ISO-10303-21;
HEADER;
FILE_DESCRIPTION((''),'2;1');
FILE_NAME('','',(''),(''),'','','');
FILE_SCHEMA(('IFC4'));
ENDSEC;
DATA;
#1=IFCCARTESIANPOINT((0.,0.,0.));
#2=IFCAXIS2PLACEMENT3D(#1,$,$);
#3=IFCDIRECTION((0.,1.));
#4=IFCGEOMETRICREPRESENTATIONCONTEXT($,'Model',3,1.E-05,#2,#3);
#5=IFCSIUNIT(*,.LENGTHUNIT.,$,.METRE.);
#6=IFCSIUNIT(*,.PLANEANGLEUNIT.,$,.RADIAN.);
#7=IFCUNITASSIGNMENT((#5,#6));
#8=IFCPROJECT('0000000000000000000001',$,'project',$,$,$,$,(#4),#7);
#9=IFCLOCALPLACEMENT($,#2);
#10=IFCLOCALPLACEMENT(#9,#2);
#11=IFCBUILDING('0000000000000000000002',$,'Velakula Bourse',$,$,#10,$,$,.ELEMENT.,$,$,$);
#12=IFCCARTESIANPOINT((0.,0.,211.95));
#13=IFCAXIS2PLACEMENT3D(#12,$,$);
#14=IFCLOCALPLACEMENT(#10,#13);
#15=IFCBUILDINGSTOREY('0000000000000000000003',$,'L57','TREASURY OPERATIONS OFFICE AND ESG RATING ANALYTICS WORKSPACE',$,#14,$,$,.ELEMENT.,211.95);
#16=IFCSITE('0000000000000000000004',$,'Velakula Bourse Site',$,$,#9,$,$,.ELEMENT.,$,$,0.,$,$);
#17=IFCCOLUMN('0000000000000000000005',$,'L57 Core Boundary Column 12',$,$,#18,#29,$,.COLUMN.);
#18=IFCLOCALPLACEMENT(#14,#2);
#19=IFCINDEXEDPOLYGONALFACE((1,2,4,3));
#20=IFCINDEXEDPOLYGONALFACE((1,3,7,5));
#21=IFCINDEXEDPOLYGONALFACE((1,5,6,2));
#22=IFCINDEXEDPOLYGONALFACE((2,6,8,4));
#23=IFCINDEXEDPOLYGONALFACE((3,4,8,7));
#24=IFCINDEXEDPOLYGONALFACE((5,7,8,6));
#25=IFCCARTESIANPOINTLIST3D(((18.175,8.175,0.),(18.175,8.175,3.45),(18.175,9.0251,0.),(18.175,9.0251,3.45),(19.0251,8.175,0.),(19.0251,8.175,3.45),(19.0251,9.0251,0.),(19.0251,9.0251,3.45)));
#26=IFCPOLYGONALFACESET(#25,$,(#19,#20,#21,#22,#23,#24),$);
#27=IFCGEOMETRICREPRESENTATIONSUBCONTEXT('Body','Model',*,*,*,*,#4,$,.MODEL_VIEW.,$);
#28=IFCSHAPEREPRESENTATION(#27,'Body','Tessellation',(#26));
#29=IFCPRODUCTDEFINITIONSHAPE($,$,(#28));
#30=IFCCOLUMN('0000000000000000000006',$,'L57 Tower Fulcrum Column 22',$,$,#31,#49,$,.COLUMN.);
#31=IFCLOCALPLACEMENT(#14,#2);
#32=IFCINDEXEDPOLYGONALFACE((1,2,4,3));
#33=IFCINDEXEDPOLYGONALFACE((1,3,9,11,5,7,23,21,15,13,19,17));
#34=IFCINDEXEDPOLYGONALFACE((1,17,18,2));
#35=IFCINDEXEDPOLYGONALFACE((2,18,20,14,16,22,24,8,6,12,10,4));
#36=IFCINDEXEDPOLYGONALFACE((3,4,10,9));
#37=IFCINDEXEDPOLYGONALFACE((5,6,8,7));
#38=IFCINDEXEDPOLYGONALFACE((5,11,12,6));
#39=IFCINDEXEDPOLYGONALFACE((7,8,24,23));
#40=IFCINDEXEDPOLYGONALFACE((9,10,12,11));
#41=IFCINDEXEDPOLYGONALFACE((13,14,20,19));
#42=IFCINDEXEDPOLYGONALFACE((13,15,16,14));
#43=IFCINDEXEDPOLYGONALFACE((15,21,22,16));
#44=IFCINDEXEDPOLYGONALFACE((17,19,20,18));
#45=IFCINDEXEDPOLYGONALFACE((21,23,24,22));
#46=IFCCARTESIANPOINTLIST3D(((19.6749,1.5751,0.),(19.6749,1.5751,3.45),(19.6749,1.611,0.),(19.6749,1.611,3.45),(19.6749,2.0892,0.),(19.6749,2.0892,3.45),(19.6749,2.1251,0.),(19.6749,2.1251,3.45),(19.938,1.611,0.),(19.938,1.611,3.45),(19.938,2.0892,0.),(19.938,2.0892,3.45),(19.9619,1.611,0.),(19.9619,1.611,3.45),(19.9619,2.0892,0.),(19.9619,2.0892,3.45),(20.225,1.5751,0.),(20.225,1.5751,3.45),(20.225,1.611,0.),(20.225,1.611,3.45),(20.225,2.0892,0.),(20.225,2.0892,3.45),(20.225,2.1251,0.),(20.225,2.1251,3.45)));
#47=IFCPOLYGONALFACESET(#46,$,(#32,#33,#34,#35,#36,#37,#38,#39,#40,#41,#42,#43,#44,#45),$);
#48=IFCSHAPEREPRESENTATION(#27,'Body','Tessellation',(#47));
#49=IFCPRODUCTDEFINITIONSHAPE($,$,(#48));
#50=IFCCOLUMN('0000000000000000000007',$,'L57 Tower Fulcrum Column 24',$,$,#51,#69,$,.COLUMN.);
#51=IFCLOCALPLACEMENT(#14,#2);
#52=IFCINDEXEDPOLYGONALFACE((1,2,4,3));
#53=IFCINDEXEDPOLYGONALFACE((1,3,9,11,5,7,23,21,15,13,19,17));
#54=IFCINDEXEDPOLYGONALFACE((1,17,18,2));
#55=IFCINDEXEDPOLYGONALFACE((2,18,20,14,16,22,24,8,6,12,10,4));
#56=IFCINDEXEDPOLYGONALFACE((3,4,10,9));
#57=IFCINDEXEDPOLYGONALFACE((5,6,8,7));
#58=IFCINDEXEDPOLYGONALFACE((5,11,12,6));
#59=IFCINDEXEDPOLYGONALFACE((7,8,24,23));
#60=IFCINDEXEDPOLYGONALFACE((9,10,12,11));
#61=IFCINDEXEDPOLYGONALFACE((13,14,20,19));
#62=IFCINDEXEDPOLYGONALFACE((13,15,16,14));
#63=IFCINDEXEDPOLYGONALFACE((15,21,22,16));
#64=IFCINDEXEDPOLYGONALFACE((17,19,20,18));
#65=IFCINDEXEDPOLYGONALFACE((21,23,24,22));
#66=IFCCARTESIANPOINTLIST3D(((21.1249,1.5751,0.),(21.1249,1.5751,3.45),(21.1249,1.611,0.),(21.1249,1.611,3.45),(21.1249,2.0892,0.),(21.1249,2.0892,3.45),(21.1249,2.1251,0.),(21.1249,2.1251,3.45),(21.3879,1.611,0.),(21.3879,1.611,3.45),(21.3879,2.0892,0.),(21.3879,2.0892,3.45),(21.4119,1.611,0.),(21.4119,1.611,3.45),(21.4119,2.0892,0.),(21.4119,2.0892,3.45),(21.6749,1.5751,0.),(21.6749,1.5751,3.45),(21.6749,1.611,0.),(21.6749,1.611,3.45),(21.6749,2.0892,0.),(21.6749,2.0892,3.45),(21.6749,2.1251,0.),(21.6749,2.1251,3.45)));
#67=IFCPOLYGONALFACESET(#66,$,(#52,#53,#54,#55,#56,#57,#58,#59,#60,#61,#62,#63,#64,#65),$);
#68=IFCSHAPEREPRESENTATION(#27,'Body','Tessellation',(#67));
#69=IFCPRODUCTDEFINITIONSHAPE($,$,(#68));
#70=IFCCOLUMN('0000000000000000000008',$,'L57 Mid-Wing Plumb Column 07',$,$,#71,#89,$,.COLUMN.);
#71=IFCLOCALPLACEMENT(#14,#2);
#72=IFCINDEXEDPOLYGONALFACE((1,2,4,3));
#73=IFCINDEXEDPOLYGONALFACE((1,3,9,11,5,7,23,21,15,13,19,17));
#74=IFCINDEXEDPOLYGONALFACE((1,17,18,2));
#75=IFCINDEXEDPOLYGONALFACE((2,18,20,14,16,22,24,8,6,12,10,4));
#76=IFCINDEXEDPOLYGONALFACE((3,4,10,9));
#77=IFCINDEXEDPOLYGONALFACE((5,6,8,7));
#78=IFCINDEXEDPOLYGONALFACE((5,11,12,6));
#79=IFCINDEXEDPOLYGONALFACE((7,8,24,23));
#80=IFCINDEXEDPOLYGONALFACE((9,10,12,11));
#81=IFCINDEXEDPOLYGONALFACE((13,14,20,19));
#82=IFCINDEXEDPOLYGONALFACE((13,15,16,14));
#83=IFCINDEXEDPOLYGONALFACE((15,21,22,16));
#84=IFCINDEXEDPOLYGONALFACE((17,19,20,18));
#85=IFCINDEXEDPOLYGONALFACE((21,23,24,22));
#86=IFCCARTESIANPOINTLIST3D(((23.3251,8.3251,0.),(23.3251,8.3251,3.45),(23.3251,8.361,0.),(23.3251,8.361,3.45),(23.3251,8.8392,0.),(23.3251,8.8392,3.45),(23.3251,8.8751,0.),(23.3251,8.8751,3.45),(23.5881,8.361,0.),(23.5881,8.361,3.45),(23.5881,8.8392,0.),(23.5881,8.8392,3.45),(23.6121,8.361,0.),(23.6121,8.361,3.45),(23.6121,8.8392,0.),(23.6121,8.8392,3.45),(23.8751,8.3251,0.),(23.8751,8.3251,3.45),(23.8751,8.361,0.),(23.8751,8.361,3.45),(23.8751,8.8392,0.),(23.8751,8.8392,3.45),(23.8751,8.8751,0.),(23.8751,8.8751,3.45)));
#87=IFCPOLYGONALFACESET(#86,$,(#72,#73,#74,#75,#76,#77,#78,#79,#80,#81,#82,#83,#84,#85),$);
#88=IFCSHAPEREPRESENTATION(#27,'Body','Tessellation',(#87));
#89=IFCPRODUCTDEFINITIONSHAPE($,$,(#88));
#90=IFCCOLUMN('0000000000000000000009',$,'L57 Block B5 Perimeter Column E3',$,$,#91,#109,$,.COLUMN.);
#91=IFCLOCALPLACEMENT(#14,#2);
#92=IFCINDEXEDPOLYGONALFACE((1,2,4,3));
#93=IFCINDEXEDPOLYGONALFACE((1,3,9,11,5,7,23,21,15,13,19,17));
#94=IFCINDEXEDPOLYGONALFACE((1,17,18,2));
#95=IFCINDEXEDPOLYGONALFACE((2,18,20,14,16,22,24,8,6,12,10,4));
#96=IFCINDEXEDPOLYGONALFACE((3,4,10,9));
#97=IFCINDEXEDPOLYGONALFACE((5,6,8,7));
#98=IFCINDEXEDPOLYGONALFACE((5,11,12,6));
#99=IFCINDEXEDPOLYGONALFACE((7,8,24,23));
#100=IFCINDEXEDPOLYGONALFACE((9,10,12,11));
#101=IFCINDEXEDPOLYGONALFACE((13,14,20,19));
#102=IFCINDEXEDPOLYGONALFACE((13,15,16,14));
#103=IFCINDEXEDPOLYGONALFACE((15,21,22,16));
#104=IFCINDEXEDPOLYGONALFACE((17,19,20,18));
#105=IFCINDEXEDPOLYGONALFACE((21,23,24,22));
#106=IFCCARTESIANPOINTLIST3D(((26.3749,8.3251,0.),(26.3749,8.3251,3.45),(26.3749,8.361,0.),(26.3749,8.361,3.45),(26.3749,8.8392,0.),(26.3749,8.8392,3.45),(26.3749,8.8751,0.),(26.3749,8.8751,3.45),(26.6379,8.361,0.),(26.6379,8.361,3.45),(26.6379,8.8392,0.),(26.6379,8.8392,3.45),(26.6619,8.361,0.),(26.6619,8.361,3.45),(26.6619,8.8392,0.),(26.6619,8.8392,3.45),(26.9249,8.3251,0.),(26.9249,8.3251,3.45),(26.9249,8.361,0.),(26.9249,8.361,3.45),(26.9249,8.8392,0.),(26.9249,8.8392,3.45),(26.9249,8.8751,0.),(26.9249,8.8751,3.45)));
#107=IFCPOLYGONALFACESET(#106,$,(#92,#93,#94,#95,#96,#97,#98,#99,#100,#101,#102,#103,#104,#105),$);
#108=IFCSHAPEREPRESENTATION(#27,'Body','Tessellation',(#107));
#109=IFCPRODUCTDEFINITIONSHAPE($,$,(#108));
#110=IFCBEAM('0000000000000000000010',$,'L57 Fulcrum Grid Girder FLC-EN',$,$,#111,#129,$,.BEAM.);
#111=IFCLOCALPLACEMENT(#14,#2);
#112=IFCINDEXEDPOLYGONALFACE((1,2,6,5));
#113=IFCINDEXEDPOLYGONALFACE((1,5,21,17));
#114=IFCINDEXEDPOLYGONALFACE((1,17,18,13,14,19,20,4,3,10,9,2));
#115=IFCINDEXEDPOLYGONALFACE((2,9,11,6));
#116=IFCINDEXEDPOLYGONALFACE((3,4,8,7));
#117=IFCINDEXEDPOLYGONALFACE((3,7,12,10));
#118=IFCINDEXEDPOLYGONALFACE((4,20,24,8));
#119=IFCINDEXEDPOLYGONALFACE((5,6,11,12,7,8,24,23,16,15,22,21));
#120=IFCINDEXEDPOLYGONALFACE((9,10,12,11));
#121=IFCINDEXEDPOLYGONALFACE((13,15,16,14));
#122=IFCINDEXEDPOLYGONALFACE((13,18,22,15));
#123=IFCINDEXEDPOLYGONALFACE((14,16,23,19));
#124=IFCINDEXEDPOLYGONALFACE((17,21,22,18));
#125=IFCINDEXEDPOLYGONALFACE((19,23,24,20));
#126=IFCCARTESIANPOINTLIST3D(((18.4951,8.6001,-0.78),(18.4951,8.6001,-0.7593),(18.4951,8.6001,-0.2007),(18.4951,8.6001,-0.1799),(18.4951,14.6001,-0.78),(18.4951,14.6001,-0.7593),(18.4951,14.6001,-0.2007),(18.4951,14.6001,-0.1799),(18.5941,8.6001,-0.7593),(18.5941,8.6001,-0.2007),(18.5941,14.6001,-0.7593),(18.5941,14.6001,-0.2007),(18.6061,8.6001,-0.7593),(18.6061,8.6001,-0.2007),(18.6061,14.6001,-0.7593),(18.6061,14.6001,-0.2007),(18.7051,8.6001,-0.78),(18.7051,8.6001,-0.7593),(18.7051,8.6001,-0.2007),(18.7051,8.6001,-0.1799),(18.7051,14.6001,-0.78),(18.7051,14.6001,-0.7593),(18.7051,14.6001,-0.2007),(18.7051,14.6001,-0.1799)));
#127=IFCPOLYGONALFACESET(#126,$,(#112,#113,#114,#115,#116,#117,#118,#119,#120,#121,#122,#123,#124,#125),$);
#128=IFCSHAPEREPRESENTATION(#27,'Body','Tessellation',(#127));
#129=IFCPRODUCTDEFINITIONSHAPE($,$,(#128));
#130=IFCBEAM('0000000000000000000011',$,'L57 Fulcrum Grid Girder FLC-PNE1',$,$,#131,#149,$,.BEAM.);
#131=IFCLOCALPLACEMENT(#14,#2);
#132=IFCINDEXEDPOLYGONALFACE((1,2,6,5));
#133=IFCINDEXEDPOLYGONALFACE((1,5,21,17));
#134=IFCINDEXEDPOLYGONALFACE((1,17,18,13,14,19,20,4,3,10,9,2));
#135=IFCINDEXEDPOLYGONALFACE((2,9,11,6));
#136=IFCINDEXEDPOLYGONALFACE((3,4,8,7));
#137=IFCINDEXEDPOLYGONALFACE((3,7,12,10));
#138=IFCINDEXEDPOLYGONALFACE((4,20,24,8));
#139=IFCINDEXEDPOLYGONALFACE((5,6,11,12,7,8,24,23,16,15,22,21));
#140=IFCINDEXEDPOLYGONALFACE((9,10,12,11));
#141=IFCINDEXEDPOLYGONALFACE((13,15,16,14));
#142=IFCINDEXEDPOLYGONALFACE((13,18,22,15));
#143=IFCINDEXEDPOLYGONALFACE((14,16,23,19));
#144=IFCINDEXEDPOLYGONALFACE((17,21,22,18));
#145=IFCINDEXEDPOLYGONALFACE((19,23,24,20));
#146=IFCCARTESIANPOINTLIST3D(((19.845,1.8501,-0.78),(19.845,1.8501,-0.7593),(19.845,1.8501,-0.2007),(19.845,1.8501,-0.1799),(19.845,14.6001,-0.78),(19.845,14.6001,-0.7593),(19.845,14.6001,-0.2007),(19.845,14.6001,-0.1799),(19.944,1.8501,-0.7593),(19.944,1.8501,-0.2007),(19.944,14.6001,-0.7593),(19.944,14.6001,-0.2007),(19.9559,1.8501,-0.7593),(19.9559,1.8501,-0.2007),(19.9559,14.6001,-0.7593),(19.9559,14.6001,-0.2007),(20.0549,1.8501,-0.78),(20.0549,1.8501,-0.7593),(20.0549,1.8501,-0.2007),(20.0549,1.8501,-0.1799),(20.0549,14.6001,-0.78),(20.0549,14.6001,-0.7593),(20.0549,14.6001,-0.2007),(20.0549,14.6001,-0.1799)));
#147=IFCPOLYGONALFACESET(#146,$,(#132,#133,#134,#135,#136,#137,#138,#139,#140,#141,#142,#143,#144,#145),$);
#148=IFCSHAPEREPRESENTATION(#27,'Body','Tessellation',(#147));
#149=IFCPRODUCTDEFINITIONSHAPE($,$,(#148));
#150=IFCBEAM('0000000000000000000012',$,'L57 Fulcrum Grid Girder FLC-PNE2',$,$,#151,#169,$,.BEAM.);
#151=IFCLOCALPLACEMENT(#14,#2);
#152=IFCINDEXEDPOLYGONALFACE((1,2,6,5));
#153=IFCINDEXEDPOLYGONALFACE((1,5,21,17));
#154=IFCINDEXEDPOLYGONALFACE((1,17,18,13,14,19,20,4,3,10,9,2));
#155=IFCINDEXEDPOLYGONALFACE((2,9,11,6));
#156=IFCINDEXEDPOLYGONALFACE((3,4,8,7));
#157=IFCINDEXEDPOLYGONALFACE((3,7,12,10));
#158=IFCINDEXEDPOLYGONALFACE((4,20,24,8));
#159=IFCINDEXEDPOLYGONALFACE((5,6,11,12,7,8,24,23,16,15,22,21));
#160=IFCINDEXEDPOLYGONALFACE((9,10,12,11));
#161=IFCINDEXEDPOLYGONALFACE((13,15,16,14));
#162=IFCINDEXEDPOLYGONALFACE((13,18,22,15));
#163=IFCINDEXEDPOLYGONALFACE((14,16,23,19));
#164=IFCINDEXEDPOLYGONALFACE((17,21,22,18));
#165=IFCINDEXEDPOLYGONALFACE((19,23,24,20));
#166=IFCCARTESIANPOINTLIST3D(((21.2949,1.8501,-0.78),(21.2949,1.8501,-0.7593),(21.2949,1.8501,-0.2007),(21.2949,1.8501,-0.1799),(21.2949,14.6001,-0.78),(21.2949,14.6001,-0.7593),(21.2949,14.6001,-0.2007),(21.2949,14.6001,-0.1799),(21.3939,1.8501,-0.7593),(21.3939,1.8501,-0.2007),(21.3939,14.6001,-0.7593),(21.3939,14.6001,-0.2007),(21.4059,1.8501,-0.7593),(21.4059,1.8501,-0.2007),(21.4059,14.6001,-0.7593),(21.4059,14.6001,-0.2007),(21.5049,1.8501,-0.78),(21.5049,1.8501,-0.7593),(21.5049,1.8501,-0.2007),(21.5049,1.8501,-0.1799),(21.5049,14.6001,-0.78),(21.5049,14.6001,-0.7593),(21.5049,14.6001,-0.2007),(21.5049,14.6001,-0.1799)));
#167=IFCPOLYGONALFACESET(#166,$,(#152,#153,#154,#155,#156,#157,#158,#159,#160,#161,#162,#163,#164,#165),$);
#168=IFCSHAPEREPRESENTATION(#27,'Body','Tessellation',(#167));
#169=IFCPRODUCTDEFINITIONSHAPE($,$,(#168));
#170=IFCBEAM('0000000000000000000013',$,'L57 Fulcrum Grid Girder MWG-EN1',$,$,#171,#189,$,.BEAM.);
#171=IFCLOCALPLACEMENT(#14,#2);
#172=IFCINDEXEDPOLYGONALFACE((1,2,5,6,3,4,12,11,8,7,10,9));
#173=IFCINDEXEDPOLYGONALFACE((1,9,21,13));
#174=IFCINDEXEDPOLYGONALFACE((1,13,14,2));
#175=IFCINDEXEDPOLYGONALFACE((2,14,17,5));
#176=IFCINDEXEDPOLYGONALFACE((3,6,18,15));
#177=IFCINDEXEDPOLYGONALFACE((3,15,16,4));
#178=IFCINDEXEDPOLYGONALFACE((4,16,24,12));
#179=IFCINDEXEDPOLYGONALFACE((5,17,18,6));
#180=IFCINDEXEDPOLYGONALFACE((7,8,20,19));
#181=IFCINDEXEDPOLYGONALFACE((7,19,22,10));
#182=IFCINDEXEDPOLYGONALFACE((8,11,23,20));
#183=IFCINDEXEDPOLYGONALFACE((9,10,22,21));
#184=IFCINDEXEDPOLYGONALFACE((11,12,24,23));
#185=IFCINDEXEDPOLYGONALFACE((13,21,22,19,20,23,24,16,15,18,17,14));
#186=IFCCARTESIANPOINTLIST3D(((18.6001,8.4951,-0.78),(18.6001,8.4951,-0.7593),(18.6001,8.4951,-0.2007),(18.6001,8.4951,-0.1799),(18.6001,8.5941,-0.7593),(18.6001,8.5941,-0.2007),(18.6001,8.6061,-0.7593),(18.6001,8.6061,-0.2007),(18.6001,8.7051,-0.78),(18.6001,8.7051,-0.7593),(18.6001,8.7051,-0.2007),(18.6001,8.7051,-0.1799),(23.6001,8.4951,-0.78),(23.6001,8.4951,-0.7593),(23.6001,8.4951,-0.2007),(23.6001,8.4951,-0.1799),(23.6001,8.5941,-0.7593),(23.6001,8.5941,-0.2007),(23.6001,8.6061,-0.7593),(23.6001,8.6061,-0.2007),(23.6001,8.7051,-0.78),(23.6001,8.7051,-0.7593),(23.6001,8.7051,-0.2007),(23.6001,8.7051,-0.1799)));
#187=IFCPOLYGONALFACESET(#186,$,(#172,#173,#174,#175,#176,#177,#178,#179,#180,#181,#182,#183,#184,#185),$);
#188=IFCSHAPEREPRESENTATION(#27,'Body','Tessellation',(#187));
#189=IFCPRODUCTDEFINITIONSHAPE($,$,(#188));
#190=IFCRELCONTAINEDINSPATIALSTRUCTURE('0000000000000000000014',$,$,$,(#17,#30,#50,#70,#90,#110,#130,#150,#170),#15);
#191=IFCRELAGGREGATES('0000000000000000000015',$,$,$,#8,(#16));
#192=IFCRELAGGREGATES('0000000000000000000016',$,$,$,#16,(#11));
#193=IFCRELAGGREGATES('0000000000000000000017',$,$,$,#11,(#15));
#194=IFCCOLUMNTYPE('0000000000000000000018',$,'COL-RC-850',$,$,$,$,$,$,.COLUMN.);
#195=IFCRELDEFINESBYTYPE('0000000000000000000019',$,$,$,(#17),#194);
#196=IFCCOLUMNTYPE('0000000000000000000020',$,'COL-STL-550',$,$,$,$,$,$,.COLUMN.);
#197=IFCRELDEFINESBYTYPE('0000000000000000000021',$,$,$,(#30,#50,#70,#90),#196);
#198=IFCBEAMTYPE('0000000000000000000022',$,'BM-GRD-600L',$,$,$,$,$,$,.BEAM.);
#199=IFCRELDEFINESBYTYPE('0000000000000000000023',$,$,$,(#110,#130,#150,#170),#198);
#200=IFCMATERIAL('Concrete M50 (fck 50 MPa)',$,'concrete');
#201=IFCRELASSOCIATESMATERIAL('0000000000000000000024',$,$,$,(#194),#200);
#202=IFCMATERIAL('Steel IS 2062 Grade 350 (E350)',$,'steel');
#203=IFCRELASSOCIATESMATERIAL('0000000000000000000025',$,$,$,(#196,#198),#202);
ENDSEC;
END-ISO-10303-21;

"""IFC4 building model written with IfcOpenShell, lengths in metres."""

from ifc_helpers import new_model, si_unit, direction, frame, origin, origin_2d, place, context, subcontext, project, spatial, rectangle, i_section, extrude, material, material_profile, profile_set, type_object, element, save


model = new_model("IFC4")

# Units and contexts
model_context = context("Model", 3, precision=1e-05, world=origin(), true_north=direction((0.0, 1.0)))
body_context = subcontext(model_context, "Body", "Model", "MODEL_VIEW")
ifc_project = project(units=[si_unit("LENGTHUNIT", "METRE"), si_unit("PLANEANGLEUNIT", "RADIAN")], contexts=[model_context])

# Site, building, storey
site_placement = place(None, origin())
site = spatial("IfcSite", under=ifc_project, at=site_placement, Name="Velakula Bourse Site", CompositionType="ELEMENT", RefElevation=0.0)
building_placement = place(site_placement, origin())
building = spatial("IfcBuilding", under=site, at=building_placement, Name="Velakula Bourse", CompositionType="ELEMENT")
storey_placement = place(building_placement, frame((0.0, 0.0, 211.95)))
storey = spatial("IfcBuildingStorey", under=building, at=storey_placement, Name="L57", Description="TREASURY OPERATIONS OFFICE AND ESG RATING ANALYTICS WORKSPACE", CompositionType="ELEMENT", Elevation=211.95)

# Columns
ifc_material_1 = material(Name="Concrete M50 (fck 50 MPa)", Category="concrete")
ifc_material_profile_1 = material_profile(ifc_material_1, rectangle(XDim=0.8501, YDim=0.8501, at=origin_2d()), Name="Concrete M50 (fck 50 MPa)")
ifc_profile_set_1 = profile_set([ifc_material_profile_1], Name="Concrete M50 (fck 50 MPa)")
column_type_1 = type_object("IfcColumnType", Name="COL-RC-850", PredefinedType="COLUMN", material=ifc_profile_set_1)
column_placement = place(storey_placement, frame((18.6001, 8.6001, 0.0), z_axis=(0.0, 0.0, 1.0), x_axis=(1.0, 0.0, 0.0)))
element("IfcColumn", 1, at=column_placement, inside=storey, type_object=column_type_1, Name="L57 Core Boundary Column 12", PredefinedType="COLUMN", context=body_context, shape_type="SweptSolid", body=[
    extrude(rectangle(XDim=0.8501, YDim=0.8501, at=origin_2d()), origin(), (0.0, 0.0, 1.0), 3.45),
])
ifc_material_2 = material(Name="Steel IS 2062 Grade 350 (E350)", Category="steel")
ifc_material_profile_2 = material_profile(ifc_material_2, i_section(OverallWidth=0.55, OverallDepth=0.55, WebThickness=0.0239, FlangeThickness=0.0359, at=origin_2d()), Name="Steel IS 2062 Grade 350 (E350)")
ifc_profile_set_2 = profile_set([ifc_material_profile_2], Name="Steel IS 2062 Grade 350 (E350)")
column_type_2 = type_object("IfcColumnType", Name="COL-STL-550", PredefinedType="COLUMN", material=ifc_profile_set_2)
for number, where, z_axis, x_axis, name in (
    (2, (19.95, 1.8501, 0.0), (0.0, 0.0, 1.0), (1.0, 0.0, 0.0), "L57 Tower Fulcrum Column 22"),
    (3, (21.3999, 1.8501, 0.0), (0.0, 0.0, 1.0), (1.0, 0.0, 0.0), "L57 Tower Fulcrum Column 24"),
    (4, (23.6001, 8.6001, 0.0), (0.0, 0.0, 1.0), (1.0, 0.0, 0.0), "L57 Mid-Wing Plumb Column 07"),
    (5, (26.6499, 8.6001, 0.0), (0.0, 0.0, 1.0), (1.0, 0.0, 0.0), "L57 Block B5 Perimeter Column E3"),
):
    element("IfcColumn", number, at=place(storey_placement, frame(where, z_axis=z_axis, x_axis=x_axis)), inside=storey, type_object=column_type_2, Name=name, PredefinedType="COLUMN", context=body_context, shape_type="SweptSolid", body=[
        extrude(i_section(OverallWidth=0.55, OverallDepth=0.55, WebThickness=0.0239, FlangeThickness=0.0359, at=origin_2d()), origin(), (0.0, 0.0, 1.0), 3.45),
    ])

# Beams
ifc_material_profile_3 = material_profile(ifc_material_2, i_section(OverallWidth=0.21, OverallDepth=0.6001, WebThickness=0.012, FlangeThickness=0.0208, at=origin_2d()), Name="Steel IS 2062 Grade 350 (E350)")
ifc_profile_set_3 = profile_set([ifc_material_profile_3], Name="Steel IS 2062 Grade 350 (E350)")
beam_type_1 = type_object("IfcBeamType", Name="BM-GRD-600L", PredefinedType="BEAM", material=ifc_profile_set_3)
beam_1_placement = place(storey_placement, frame((18.6001, 8.6001, -0.48), z_axis=(0.0, 1.0, 0.0), x_axis=(-1.0, 0.0, 0.0)))
element("IfcBeam", 6, at=beam_1_placement, inside=storey, type_object=beam_type_1, Name="L57 Fulcrum Grid Girder FLC-EN", PredefinedType="BEAM", context=body_context, shape_type="SweptSolid", body=[
    extrude(i_section(OverallWidth=0.21, OverallDepth=0.6001, WebThickness=0.012, FlangeThickness=0.0208, at=origin_2d()), origin(), (0.0, 0.0, 1.0), 6.0),
])
for number, where, z_axis, x_axis, name in (
    (7, (19.95, 1.8501, -0.48), (0.0, 1.0, 0.0), (-1.0, 0.0, 0.0), "L57 Fulcrum Grid Girder FLC-PNE1"),
    (8, (21.3999, 1.8501, -0.48), (0.0, 1.0, 0.0), (-1.0, 0.0, 0.0), "L57 Fulcrum Grid Girder FLC-PNE2"),
):
    element("IfcBeam", number, at=place(storey_placement, frame(where, z_axis=z_axis, x_axis=x_axis)), inside=storey, type_object=beam_type_1, Name=name, PredefinedType="BEAM", context=body_context, shape_type="SweptSolid", body=[
        extrude(i_section(OverallWidth=0.21, OverallDepth=0.6001, WebThickness=0.012, FlangeThickness=0.0208, at=origin_2d()), origin(), (0.0, 0.0, 1.0), 12.75),
    ])
beam_2_placement = place(storey_placement, frame((18.6001, 8.6001, -0.48), z_axis=(1.0, 0.0, 0.0), x_axis=(0.0, 1.0, 0.0)))
element("IfcBeam", 9, at=beam_2_placement, inside=storey, type_object=beam_type_1, Name="L57 Fulcrum Grid Girder MWG-EN1", PredefinedType="BEAM", context=body_context, shape_type="SweptSolid", body=[
    extrude(i_section(OverallWidth=0.21, OverallDepth=0.6001, WebThickness=0.012, FlangeThickness=0.0208, at=origin_2d()), origin(), (0.0, 0.0, 1.0), 5.0),
])

save(model, "model.ifc")
